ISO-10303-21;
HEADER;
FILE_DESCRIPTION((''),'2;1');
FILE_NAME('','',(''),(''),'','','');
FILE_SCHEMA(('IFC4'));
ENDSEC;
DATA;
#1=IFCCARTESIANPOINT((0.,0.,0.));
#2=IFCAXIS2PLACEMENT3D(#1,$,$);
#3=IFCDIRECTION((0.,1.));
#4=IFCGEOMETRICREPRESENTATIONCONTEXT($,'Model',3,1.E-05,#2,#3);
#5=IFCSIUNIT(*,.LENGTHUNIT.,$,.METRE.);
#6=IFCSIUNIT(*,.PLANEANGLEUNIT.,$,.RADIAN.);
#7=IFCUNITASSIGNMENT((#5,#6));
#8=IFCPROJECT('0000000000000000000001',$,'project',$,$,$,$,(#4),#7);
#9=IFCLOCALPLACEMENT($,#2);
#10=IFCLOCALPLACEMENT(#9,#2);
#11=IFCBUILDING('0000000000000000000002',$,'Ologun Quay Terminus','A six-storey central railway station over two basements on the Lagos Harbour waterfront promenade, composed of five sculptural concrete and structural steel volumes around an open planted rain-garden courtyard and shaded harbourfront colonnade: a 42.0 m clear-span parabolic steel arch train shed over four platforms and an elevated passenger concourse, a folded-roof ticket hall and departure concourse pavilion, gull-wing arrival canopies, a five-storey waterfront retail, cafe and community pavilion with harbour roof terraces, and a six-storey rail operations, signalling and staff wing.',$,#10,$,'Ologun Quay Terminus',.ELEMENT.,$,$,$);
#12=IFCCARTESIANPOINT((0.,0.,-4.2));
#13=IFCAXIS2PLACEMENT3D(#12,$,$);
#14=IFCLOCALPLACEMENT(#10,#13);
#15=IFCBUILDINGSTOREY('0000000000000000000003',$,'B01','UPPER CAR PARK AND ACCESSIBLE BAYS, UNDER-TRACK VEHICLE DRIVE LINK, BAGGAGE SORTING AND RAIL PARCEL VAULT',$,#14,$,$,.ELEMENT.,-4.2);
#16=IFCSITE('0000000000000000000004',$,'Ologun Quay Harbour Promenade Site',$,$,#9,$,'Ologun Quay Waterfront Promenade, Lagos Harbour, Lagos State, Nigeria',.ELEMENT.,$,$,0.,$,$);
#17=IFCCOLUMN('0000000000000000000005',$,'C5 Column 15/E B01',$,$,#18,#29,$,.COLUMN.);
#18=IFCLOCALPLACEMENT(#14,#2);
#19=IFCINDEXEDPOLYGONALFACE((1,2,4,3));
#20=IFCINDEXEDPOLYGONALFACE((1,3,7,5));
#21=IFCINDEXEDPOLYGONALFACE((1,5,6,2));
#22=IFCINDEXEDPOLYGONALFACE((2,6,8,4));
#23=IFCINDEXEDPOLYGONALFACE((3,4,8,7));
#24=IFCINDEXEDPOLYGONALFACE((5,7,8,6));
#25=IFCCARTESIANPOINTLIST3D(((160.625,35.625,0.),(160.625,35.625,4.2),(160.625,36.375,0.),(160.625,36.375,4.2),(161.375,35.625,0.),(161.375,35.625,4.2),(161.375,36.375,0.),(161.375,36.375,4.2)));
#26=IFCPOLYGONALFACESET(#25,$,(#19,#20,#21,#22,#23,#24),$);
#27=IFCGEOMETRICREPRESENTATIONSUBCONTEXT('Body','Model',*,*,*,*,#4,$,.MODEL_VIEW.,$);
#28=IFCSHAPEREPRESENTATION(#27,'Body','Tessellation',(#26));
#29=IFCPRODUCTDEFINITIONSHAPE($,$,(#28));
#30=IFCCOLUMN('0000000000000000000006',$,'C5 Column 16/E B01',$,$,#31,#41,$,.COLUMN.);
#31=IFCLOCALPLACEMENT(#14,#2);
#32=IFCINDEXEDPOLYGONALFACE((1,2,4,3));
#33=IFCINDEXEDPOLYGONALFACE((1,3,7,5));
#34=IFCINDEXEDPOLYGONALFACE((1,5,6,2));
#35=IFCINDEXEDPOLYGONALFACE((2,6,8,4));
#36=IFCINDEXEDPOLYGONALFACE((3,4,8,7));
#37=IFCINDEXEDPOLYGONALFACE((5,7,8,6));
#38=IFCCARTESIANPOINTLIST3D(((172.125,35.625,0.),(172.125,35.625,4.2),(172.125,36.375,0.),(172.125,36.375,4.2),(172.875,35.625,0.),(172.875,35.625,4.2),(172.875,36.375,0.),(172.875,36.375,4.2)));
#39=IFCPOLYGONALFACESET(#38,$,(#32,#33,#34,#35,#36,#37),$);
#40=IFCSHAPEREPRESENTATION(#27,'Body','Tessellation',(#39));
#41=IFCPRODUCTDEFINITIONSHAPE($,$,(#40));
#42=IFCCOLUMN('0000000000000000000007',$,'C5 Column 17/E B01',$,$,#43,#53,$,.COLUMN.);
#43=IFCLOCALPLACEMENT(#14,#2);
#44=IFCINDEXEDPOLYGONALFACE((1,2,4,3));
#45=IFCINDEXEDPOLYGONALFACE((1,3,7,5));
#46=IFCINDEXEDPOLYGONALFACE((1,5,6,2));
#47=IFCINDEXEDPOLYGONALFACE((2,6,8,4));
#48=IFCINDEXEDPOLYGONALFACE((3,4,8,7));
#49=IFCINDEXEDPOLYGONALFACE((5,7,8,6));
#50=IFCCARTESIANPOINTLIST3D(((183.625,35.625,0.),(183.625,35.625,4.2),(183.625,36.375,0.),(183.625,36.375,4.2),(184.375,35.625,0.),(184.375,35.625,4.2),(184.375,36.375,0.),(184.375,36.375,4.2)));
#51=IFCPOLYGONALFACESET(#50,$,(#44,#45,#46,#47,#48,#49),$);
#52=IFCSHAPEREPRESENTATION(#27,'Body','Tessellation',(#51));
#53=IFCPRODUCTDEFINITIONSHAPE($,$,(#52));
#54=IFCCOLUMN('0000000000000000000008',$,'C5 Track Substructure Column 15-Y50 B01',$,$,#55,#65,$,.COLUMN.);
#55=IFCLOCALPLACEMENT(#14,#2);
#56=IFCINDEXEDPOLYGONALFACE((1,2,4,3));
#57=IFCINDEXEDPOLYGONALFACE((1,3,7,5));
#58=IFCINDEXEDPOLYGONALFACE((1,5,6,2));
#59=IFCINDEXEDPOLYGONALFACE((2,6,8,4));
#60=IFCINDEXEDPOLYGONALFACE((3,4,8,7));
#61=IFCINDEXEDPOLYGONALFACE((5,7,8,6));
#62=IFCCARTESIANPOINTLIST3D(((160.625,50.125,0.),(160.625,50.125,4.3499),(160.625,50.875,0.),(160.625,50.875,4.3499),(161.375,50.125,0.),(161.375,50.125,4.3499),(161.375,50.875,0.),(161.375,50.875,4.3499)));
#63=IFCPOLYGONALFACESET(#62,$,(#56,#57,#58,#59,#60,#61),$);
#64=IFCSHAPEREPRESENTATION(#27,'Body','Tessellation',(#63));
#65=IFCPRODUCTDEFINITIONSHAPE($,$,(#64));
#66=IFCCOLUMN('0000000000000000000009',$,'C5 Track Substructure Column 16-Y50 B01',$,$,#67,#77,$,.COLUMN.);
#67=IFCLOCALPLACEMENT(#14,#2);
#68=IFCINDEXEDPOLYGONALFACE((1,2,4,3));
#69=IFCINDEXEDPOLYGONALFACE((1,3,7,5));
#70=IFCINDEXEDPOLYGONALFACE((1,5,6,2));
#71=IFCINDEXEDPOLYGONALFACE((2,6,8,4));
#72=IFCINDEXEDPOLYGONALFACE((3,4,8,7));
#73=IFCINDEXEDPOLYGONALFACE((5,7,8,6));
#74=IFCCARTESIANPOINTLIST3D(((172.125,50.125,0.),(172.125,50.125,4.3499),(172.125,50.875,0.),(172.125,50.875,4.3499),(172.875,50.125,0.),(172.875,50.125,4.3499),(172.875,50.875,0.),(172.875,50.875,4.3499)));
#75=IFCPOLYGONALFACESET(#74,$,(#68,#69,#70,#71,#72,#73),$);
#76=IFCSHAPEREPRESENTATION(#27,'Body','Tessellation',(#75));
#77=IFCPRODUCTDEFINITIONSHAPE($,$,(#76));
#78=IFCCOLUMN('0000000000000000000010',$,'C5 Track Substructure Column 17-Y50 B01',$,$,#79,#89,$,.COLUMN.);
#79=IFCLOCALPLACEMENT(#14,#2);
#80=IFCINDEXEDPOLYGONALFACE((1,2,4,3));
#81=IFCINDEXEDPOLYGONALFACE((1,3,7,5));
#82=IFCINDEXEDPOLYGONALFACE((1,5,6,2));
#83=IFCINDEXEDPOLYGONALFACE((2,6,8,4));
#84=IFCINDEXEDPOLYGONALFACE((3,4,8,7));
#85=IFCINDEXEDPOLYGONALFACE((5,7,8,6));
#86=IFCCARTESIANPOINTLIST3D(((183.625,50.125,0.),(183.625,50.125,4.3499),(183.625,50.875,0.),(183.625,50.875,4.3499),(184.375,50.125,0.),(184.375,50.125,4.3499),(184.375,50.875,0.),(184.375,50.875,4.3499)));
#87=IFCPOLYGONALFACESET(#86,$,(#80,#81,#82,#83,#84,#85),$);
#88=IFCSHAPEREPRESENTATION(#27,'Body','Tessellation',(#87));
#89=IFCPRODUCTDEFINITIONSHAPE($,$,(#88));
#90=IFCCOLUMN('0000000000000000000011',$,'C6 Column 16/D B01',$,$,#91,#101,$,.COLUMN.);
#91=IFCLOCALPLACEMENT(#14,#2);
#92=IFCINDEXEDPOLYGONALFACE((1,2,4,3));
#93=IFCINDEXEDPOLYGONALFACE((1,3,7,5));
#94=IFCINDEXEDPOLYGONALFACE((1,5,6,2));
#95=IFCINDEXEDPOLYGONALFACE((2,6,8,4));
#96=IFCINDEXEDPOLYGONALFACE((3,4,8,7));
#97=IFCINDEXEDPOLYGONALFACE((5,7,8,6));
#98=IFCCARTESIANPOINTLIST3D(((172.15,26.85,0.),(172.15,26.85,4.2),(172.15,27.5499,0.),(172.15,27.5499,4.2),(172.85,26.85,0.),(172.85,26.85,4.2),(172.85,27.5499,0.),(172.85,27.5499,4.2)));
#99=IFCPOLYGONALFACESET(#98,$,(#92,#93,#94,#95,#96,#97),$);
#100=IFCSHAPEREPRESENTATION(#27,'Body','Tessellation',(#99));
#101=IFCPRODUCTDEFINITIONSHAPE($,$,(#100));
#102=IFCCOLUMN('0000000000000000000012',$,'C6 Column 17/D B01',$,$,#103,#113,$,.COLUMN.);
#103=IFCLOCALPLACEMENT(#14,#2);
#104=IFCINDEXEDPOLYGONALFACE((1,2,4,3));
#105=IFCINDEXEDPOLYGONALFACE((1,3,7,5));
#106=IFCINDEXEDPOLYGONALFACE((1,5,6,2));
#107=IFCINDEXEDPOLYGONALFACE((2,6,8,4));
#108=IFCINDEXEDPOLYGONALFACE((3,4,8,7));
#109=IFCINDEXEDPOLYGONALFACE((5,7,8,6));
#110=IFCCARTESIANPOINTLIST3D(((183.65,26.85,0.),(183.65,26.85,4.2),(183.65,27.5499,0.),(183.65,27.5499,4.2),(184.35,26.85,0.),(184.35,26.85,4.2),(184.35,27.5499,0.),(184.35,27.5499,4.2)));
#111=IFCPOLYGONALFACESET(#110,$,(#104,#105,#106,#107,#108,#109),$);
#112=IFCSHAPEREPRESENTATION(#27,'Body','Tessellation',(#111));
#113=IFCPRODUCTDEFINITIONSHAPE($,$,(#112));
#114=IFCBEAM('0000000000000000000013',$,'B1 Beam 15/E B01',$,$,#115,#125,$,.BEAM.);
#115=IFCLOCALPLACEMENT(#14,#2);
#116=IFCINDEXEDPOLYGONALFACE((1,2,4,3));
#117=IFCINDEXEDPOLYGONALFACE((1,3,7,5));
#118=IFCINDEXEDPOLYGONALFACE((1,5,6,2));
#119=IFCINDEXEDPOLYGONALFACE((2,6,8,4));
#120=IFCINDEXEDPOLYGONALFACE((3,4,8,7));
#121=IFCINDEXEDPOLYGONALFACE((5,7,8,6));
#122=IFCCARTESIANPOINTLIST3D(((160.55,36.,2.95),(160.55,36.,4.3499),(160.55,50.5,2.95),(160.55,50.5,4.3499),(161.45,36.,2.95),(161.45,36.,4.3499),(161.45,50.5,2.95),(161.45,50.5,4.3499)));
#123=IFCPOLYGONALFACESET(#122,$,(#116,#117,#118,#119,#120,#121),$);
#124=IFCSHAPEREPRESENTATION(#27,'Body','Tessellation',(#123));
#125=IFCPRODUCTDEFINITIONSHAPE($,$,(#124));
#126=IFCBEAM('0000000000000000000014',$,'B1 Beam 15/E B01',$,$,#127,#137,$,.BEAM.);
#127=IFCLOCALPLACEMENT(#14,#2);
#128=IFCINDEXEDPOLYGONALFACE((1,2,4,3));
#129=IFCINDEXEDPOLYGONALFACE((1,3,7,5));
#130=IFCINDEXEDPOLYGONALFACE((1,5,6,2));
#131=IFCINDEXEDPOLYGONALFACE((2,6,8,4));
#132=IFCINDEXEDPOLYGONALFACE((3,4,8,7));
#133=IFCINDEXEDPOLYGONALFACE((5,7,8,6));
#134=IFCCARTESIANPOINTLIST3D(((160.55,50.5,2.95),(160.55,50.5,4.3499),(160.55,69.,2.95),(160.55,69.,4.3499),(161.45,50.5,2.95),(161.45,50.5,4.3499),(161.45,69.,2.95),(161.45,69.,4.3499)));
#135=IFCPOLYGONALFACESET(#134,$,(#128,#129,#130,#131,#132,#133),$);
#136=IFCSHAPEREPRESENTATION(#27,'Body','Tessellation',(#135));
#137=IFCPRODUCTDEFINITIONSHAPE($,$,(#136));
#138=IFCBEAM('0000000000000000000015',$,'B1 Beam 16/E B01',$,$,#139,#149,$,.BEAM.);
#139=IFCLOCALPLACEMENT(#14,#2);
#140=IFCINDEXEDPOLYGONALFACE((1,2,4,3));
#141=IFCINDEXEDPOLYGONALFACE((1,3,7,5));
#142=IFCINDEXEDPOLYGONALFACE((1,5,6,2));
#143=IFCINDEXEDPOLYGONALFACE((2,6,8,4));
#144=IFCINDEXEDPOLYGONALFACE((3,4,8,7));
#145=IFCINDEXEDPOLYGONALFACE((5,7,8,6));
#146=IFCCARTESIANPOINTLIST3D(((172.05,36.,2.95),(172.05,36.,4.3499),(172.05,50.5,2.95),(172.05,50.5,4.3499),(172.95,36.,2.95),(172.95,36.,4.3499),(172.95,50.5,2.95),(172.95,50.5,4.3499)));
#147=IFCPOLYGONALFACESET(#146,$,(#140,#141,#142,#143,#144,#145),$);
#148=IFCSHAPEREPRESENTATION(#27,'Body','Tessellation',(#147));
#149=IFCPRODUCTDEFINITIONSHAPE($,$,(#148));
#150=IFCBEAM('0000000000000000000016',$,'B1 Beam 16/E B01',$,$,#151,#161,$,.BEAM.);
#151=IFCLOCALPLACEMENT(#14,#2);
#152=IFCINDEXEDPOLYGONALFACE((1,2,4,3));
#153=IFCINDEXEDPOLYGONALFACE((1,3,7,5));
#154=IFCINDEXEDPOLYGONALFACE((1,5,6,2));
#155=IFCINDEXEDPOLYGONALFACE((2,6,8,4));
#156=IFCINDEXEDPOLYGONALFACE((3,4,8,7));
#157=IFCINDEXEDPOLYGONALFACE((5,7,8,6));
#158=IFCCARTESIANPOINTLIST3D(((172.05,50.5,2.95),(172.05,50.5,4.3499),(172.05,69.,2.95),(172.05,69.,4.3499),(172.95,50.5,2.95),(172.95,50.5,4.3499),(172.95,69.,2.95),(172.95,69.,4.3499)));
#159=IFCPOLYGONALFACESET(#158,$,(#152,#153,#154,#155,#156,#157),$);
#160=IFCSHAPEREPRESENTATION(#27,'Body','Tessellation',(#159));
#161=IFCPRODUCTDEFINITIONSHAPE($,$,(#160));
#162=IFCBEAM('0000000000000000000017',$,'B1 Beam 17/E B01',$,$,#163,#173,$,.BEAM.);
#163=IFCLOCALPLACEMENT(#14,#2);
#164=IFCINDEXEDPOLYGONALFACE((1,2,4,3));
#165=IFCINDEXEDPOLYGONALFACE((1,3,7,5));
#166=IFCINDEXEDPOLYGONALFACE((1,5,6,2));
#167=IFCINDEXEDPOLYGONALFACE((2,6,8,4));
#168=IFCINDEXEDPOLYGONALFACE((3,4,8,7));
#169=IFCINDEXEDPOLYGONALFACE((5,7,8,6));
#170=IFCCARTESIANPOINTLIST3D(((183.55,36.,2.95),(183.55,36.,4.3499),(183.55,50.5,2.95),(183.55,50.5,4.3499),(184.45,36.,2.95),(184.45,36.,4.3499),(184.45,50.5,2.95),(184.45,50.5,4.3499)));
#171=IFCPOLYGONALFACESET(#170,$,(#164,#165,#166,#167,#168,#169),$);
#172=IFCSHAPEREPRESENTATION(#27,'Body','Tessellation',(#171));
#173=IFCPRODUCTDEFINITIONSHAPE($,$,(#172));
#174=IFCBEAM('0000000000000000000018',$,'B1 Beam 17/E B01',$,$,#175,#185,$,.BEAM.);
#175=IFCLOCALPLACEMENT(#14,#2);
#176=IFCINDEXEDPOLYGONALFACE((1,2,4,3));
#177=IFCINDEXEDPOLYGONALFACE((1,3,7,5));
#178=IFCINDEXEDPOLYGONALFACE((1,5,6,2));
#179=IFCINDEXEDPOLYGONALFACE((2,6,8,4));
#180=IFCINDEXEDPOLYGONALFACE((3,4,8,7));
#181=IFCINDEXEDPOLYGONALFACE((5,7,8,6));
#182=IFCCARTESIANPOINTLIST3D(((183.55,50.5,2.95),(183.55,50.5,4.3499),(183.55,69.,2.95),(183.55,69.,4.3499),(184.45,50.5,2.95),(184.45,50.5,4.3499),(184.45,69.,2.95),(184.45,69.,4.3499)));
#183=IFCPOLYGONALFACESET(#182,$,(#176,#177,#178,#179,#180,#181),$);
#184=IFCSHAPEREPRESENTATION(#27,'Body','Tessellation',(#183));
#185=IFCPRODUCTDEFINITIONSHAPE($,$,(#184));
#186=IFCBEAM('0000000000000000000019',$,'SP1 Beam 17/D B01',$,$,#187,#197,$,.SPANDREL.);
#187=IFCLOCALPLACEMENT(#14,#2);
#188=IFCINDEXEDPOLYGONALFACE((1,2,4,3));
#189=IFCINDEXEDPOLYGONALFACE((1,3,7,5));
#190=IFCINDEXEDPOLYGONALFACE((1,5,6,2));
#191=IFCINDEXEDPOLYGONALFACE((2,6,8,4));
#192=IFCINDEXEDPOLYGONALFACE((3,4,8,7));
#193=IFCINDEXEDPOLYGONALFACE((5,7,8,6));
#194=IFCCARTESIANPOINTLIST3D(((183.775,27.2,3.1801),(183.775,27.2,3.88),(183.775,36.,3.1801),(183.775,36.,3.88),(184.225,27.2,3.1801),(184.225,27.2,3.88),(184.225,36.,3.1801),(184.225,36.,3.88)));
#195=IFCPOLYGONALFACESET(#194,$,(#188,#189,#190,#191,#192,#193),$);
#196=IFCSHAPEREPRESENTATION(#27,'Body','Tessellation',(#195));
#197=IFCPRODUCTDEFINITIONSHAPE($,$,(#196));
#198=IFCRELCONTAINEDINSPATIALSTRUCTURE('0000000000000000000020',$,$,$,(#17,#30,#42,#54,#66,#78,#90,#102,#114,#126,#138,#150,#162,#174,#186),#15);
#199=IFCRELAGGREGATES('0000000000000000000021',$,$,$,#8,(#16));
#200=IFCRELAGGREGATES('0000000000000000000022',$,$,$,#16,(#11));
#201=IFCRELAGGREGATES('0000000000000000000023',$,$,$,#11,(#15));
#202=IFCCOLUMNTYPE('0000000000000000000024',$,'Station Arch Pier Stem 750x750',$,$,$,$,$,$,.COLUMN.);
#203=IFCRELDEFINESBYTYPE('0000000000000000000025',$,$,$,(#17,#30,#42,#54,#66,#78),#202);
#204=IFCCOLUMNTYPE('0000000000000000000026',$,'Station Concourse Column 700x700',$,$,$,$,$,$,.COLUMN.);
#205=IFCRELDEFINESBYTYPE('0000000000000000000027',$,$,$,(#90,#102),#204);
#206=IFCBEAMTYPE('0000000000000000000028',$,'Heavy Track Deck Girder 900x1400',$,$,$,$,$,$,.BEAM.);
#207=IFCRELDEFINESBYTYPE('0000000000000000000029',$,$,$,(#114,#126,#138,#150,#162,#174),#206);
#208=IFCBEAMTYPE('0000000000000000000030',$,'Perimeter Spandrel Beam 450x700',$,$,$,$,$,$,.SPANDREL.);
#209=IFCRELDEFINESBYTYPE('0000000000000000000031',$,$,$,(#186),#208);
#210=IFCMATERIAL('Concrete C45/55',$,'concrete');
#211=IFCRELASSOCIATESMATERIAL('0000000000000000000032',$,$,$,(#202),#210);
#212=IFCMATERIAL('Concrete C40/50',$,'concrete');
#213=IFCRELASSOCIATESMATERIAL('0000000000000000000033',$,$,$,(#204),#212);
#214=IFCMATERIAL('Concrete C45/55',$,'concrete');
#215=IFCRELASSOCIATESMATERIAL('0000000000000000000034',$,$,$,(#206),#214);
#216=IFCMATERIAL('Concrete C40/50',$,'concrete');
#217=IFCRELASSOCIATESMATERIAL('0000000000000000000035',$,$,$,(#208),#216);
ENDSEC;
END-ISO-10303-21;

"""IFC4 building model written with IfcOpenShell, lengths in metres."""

from ifc_helpers import new_model, si_unit, direction, frame, origin, origin_2d, place, context, subcontext, project, spatial, rectangle, extrude, material, material_profile, profile_set, type_object, element, save


model = new_model("IFC4")

# Units and contexts
model_context = context("Model", 3, precision=1e-05, world=origin(), true_north=direction((0.0, 1.0)))
body_context = subcontext(model_context, "Body", "Model", "MODEL_VIEW")
ifc_project = project(units=[si_unit("LENGTHUNIT", "METRE"), si_unit("PLANEANGLEUNIT", "RADIAN")], contexts=[model_context])

# Site, building, storey
site_placement = place(None, origin())
site = spatial("IfcSite", under=ifc_project, at=site_placement, Name="Ologun Quay Harbour Promenade Site", LongName="Ologun Quay Waterfront Promenade, Lagos Harbour, Lagos State, Nigeria", CompositionType="ELEMENT", RefElevation=0.0)
building_placement = place(site_placement, origin())
building = spatial("IfcBuilding", under=site, at=building_placement, Name="Ologun Quay Terminus", Description="A six-storey central railway station over two basements on the Lagos Harbour waterfront promenade, composed of five sculptural concrete and structural steel volumes around an open planted rain-garden courtyard and shaded harbourfront colonnade: a 42.0 m clear-span parabolic steel arch train shed over four platforms and an elevated passenger concourse, a folded-roof ticket hall and departure concourse pavilion, gull-wing arrival canopies, a five-storey waterfront retail, cafe and community pavilion with harbour roof terraces, and a six-storey rail operations, signalling and staff wing.", LongName="Ologun Quay Terminus", CompositionType="ELEMENT")
storey_placement = place(building_placement, frame((0.0, 0.0, -4.2)))
storey = spatial("IfcBuildingStorey", under=building, at=storey_placement, Name="B01", Description="UPPER CAR PARK AND ACCESSIBLE BAYS, UNDER-TRACK VEHICLE DRIVE LINK, BAGGAGE SORTING AND RAIL PARCEL VAULT", CompositionType="ELEMENT", Elevation=-4.2)

# Columns
ifc_material_1 = material(Name="Concrete C45/55", Category="concrete")
ifc_material_profile_1 = material_profile(ifc_material_1, rectangle(XDim=0.75, YDim=0.75, at=origin_2d()), Name="RC 750x750")
ifc_profile_set_1 = profile_set([ifc_material_profile_1], Name="Concrete C45/55")
column_type_1 = type_object("IfcColumnType", Name="Station Arch Pier Stem 750x750", PredefinedType="COLUMN", material=ifc_profile_set_1)
for number, where, z_axis, x_axis, name in (
    (1, (161.0, 36.0, 0.0), (0.0, 0.0, 1.0), (1.0, 0.0, 0.0), "C5 Column 15/E B01"),
    (2, (172.5, 36.0, 0.0), (0.0, 0.0, 1.0), (1.0, 0.0, 0.0), "C5 Column 16/E B01"),
    (3, (184.0, 36.0, 0.0), (0.0, 0.0, 1.0), (1.0, 0.0, 0.0), "C5 Column 17/E B01"),
):
    element("IfcColumn", number, at=place(storey_placement, frame(where, z_axis=z_axis, x_axis=x_axis)), inside=storey, type_object=column_type_1, Name=name, PredefinedType="COLUMN", context=body_context, shape_type="SweptSolid", body=[
        extrude(rectangle(XDim=0.75, YDim=0.75, at=origin_2d()), origin(), (0.0, 0.0, 1.0), 4.2),
    ])
for number, where, z_axis, x_axis, name in (
    (4, (161.0, 50.5, 0.0), (0.0, 0.0, 1.0), (1.0, 0.0, 0.0), "C5 Track Substructure Column 15-Y50 B01"),
    (5, (172.5, 50.5, 0.0), (0.0, 0.0, 1.0), (1.0, 0.0, 0.0), "C5 Track Substructure Column 16-Y50 B01"),
    (6, (184.0, 50.5, 0.0), (0.0, 0.0, 1.0), (1.0, 0.0, 0.0), "C5 Track Substructure Column 17-Y50 B01"),
):
    element("IfcColumn", number, at=place(storey_placement, frame(where, z_axis=z_axis, x_axis=x_axis)), inside=storey, type_object=column_type_1, Name=name, PredefinedType="COLUMN", context=body_context, shape_type="SweptSolid", body=[
        extrude(rectangle(XDim=0.75, YDim=0.75, at=origin_2d()), origin(), (0.0, 0.0, 1.0), 4.3499),
    ])
ifc_material_2 = material(Name="Concrete C40/50", Category="concrete")
ifc_material_profile_2 = material_profile(ifc_material_2, rectangle(XDim=0.7, YDim=0.7, at=origin_2d()), Name="RC 700x700")
ifc_profile_set_2 = profile_set([ifc_material_profile_2], Name="Concrete C40/50")
column_type_2 = type_object("IfcColumnType", Name="Station Concourse Column 700x700", PredefinedType="COLUMN", material=ifc_profile_set_2)
for number, where, z_axis, x_axis, name in (
    (7, (172.5, 27.2, 0.0), (0.0, 0.0, 1.0), (1.0, 0.0, 0.0), "C6 Column 16/D B01"),
    (8, (184.0, 27.2, 0.0), (0.0, 0.0, 1.0), (1.0, 0.0, 0.0), "C6 Column 17/D B01"),
):
    element("IfcColumn", number, at=place(storey_placement, frame(where, z_axis=z_axis, x_axis=x_axis)), inside=storey, type_object=column_type_2, Name=name, PredefinedType="COLUMN", context=body_context, shape_type="SweptSolid", body=[
        extrude(rectangle(XDim=0.7, YDim=0.7, at=origin_2d()), origin(), (0.0, 0.0, 1.0), 4.2),
    ])

# Beams
ifc_material_3 = material(Name="Concrete C45/55", Category="concrete")
ifc_material_profile_3 = material_profile(ifc_material_3, rectangle(XDim=0.8999, YDim=1.3999, at=origin_2d()), Name="RC 900x1400")
ifc_profile_set_3 = profile_set([ifc_material_profile_3], Name="Concrete C45/55")
beam_type_1 = type_object("IfcBeamType", Name="Heavy Track Deck Girder 900x1400", PredefinedType="BEAM", material=ifc_profile_set_3)
beam_1_placement = place(storey_placement, frame((161.0, 36.0, 3.6499), z_axis=(0.0, 1.0, 0.0), x_axis=(-1.0, 0.0, 0.0)))
element("IfcBeam", 9, at=beam_1_placement, inside=storey, type_object=beam_type_1, Name="B1 Beam 15/E B01", PredefinedType="BEAM", context=body_context, shape_type="SweptSolid", body=[
    extrude(rectangle(XDim=0.8999, YDim=1.3999, at=origin_2d()), origin(), (0.0, 0.0, 1.0), 14.5),
])
beam_2_placement = place(storey_placement, frame((161.0, 50.5, 3.6499), z_axis=(0.0, 1.0, 0.0), x_axis=(-1.0, 0.0, 0.0)))
element("IfcBeam", 10, at=beam_2_placement, inside=storey, type_object=beam_type_1, Name="B1 Beam 15/E B01", PredefinedType="BEAM", context=body_context, shape_type="SweptSolid", body=[
    extrude(rectangle(XDim=0.8999, YDim=1.3999, at=origin_2d()), origin(), (0.0, 0.0, 1.0), 18.5),
])
beam_3_placement = place(storey_placement, frame((172.5, 36.0, 3.6499), z_axis=(0.0, 1.0, 0.0), x_axis=(-1.0, 0.0, 0.0)))
element("IfcBeam", 11, at=beam_3_placement, inside=storey, type_object=beam_type_1, Name="B1 Beam 16/E B01", PredefinedType="BEAM", context=body_context, shape_type="SweptSolid", body=[
    extrude(rectangle(XDim=0.8999, YDim=1.3999, at=origin_2d()), origin(), (0.0, 0.0, 1.0), 14.5),
])
beam_4_placement = place(storey_placement, frame((172.5, 50.5, 3.6499), z_axis=(0.0, 1.0, 0.0), x_axis=(-1.0, 0.0, 0.0)))
element("IfcBeam", 12, at=beam_4_placement, inside=storey, type_object=beam_type_1, Name="B1 Beam 16/E B01", PredefinedType="BEAM", context=body_context, shape_type="SweptSolid", body=[
    extrude(rectangle(XDim=0.8999, YDim=1.3999, at=origin_2d()), origin(), (0.0, 0.0, 1.0), 18.5),
])
beam_5_placement = place(storey_placement, frame((184.0, 36.0, 3.6499), z_axis=(0.0, 1.0, 0.0), x_axis=(-1.0, 0.0, 0.0)))
element("IfcBeam", 13, at=beam_5_placement, inside=storey, type_object=beam_type_1, Name="B1 Beam 17/E B01", PredefinedType="BEAM", context=body_context, shape_type="SweptSolid", body=[
    extrude(rectangle(XDim=0.8999, YDim=1.3999, at=origin_2d()), origin(), (0.0, 0.0, 1.0), 14.5),
])
beam_6_placement = place(storey_placement, frame((184.0, 50.5, 3.6499), z_axis=(0.0, 1.0, 0.0), x_axis=(-1.0, 0.0, 0.0)))
element("IfcBeam", 14, at=beam_6_placement, inside=storey, type_object=beam_type_1, Name="B1 Beam 17/E B01", PredefinedType="BEAM", context=body_context, shape_type="SweptSolid", body=[
    extrude(rectangle(XDim=0.8999, YDim=1.3999, at=origin_2d()), origin(), (0.0, 0.0, 1.0), 18.5),
])
ifc_material_4 = material(Name="Concrete C40/50", Category="concrete")
ifc_material_profile_4 = material_profile(ifc_material_4, rectangle(XDim=0.45, YDim=0.7, at=origin_2d()), Name="RC 450x700")
ifc_profile_set_4 = profile_set([ifc_material_profile_4], Name="Concrete C40/50")
beam_type_2 = type_object("IfcBeamType", Name="Perimeter Spandrel Beam 450x700", PredefinedType="SPANDREL", material=ifc_profile_set_4)
beam_7_placement = place(storey_placement, frame((184.0, 27.2, 3.53), z_axis=(0.0, 1.0, 0.0), x_axis=(-1.0, 0.0, 0.0)))
element("IfcBeam", 15, at=beam_7_placement, inside=storey, type_object=beam_type_2, Name="SP1 Beam 17/D B01", PredefinedType="SPANDREL", context=body_context, shape_type="SweptSolid", body=[
    extrude(rectangle(XDim=0.45, YDim=0.7, at=origin_2d()), origin(), (0.0, 0.0, 1.0), 8.8),
])

save(model, "model.ifc")
